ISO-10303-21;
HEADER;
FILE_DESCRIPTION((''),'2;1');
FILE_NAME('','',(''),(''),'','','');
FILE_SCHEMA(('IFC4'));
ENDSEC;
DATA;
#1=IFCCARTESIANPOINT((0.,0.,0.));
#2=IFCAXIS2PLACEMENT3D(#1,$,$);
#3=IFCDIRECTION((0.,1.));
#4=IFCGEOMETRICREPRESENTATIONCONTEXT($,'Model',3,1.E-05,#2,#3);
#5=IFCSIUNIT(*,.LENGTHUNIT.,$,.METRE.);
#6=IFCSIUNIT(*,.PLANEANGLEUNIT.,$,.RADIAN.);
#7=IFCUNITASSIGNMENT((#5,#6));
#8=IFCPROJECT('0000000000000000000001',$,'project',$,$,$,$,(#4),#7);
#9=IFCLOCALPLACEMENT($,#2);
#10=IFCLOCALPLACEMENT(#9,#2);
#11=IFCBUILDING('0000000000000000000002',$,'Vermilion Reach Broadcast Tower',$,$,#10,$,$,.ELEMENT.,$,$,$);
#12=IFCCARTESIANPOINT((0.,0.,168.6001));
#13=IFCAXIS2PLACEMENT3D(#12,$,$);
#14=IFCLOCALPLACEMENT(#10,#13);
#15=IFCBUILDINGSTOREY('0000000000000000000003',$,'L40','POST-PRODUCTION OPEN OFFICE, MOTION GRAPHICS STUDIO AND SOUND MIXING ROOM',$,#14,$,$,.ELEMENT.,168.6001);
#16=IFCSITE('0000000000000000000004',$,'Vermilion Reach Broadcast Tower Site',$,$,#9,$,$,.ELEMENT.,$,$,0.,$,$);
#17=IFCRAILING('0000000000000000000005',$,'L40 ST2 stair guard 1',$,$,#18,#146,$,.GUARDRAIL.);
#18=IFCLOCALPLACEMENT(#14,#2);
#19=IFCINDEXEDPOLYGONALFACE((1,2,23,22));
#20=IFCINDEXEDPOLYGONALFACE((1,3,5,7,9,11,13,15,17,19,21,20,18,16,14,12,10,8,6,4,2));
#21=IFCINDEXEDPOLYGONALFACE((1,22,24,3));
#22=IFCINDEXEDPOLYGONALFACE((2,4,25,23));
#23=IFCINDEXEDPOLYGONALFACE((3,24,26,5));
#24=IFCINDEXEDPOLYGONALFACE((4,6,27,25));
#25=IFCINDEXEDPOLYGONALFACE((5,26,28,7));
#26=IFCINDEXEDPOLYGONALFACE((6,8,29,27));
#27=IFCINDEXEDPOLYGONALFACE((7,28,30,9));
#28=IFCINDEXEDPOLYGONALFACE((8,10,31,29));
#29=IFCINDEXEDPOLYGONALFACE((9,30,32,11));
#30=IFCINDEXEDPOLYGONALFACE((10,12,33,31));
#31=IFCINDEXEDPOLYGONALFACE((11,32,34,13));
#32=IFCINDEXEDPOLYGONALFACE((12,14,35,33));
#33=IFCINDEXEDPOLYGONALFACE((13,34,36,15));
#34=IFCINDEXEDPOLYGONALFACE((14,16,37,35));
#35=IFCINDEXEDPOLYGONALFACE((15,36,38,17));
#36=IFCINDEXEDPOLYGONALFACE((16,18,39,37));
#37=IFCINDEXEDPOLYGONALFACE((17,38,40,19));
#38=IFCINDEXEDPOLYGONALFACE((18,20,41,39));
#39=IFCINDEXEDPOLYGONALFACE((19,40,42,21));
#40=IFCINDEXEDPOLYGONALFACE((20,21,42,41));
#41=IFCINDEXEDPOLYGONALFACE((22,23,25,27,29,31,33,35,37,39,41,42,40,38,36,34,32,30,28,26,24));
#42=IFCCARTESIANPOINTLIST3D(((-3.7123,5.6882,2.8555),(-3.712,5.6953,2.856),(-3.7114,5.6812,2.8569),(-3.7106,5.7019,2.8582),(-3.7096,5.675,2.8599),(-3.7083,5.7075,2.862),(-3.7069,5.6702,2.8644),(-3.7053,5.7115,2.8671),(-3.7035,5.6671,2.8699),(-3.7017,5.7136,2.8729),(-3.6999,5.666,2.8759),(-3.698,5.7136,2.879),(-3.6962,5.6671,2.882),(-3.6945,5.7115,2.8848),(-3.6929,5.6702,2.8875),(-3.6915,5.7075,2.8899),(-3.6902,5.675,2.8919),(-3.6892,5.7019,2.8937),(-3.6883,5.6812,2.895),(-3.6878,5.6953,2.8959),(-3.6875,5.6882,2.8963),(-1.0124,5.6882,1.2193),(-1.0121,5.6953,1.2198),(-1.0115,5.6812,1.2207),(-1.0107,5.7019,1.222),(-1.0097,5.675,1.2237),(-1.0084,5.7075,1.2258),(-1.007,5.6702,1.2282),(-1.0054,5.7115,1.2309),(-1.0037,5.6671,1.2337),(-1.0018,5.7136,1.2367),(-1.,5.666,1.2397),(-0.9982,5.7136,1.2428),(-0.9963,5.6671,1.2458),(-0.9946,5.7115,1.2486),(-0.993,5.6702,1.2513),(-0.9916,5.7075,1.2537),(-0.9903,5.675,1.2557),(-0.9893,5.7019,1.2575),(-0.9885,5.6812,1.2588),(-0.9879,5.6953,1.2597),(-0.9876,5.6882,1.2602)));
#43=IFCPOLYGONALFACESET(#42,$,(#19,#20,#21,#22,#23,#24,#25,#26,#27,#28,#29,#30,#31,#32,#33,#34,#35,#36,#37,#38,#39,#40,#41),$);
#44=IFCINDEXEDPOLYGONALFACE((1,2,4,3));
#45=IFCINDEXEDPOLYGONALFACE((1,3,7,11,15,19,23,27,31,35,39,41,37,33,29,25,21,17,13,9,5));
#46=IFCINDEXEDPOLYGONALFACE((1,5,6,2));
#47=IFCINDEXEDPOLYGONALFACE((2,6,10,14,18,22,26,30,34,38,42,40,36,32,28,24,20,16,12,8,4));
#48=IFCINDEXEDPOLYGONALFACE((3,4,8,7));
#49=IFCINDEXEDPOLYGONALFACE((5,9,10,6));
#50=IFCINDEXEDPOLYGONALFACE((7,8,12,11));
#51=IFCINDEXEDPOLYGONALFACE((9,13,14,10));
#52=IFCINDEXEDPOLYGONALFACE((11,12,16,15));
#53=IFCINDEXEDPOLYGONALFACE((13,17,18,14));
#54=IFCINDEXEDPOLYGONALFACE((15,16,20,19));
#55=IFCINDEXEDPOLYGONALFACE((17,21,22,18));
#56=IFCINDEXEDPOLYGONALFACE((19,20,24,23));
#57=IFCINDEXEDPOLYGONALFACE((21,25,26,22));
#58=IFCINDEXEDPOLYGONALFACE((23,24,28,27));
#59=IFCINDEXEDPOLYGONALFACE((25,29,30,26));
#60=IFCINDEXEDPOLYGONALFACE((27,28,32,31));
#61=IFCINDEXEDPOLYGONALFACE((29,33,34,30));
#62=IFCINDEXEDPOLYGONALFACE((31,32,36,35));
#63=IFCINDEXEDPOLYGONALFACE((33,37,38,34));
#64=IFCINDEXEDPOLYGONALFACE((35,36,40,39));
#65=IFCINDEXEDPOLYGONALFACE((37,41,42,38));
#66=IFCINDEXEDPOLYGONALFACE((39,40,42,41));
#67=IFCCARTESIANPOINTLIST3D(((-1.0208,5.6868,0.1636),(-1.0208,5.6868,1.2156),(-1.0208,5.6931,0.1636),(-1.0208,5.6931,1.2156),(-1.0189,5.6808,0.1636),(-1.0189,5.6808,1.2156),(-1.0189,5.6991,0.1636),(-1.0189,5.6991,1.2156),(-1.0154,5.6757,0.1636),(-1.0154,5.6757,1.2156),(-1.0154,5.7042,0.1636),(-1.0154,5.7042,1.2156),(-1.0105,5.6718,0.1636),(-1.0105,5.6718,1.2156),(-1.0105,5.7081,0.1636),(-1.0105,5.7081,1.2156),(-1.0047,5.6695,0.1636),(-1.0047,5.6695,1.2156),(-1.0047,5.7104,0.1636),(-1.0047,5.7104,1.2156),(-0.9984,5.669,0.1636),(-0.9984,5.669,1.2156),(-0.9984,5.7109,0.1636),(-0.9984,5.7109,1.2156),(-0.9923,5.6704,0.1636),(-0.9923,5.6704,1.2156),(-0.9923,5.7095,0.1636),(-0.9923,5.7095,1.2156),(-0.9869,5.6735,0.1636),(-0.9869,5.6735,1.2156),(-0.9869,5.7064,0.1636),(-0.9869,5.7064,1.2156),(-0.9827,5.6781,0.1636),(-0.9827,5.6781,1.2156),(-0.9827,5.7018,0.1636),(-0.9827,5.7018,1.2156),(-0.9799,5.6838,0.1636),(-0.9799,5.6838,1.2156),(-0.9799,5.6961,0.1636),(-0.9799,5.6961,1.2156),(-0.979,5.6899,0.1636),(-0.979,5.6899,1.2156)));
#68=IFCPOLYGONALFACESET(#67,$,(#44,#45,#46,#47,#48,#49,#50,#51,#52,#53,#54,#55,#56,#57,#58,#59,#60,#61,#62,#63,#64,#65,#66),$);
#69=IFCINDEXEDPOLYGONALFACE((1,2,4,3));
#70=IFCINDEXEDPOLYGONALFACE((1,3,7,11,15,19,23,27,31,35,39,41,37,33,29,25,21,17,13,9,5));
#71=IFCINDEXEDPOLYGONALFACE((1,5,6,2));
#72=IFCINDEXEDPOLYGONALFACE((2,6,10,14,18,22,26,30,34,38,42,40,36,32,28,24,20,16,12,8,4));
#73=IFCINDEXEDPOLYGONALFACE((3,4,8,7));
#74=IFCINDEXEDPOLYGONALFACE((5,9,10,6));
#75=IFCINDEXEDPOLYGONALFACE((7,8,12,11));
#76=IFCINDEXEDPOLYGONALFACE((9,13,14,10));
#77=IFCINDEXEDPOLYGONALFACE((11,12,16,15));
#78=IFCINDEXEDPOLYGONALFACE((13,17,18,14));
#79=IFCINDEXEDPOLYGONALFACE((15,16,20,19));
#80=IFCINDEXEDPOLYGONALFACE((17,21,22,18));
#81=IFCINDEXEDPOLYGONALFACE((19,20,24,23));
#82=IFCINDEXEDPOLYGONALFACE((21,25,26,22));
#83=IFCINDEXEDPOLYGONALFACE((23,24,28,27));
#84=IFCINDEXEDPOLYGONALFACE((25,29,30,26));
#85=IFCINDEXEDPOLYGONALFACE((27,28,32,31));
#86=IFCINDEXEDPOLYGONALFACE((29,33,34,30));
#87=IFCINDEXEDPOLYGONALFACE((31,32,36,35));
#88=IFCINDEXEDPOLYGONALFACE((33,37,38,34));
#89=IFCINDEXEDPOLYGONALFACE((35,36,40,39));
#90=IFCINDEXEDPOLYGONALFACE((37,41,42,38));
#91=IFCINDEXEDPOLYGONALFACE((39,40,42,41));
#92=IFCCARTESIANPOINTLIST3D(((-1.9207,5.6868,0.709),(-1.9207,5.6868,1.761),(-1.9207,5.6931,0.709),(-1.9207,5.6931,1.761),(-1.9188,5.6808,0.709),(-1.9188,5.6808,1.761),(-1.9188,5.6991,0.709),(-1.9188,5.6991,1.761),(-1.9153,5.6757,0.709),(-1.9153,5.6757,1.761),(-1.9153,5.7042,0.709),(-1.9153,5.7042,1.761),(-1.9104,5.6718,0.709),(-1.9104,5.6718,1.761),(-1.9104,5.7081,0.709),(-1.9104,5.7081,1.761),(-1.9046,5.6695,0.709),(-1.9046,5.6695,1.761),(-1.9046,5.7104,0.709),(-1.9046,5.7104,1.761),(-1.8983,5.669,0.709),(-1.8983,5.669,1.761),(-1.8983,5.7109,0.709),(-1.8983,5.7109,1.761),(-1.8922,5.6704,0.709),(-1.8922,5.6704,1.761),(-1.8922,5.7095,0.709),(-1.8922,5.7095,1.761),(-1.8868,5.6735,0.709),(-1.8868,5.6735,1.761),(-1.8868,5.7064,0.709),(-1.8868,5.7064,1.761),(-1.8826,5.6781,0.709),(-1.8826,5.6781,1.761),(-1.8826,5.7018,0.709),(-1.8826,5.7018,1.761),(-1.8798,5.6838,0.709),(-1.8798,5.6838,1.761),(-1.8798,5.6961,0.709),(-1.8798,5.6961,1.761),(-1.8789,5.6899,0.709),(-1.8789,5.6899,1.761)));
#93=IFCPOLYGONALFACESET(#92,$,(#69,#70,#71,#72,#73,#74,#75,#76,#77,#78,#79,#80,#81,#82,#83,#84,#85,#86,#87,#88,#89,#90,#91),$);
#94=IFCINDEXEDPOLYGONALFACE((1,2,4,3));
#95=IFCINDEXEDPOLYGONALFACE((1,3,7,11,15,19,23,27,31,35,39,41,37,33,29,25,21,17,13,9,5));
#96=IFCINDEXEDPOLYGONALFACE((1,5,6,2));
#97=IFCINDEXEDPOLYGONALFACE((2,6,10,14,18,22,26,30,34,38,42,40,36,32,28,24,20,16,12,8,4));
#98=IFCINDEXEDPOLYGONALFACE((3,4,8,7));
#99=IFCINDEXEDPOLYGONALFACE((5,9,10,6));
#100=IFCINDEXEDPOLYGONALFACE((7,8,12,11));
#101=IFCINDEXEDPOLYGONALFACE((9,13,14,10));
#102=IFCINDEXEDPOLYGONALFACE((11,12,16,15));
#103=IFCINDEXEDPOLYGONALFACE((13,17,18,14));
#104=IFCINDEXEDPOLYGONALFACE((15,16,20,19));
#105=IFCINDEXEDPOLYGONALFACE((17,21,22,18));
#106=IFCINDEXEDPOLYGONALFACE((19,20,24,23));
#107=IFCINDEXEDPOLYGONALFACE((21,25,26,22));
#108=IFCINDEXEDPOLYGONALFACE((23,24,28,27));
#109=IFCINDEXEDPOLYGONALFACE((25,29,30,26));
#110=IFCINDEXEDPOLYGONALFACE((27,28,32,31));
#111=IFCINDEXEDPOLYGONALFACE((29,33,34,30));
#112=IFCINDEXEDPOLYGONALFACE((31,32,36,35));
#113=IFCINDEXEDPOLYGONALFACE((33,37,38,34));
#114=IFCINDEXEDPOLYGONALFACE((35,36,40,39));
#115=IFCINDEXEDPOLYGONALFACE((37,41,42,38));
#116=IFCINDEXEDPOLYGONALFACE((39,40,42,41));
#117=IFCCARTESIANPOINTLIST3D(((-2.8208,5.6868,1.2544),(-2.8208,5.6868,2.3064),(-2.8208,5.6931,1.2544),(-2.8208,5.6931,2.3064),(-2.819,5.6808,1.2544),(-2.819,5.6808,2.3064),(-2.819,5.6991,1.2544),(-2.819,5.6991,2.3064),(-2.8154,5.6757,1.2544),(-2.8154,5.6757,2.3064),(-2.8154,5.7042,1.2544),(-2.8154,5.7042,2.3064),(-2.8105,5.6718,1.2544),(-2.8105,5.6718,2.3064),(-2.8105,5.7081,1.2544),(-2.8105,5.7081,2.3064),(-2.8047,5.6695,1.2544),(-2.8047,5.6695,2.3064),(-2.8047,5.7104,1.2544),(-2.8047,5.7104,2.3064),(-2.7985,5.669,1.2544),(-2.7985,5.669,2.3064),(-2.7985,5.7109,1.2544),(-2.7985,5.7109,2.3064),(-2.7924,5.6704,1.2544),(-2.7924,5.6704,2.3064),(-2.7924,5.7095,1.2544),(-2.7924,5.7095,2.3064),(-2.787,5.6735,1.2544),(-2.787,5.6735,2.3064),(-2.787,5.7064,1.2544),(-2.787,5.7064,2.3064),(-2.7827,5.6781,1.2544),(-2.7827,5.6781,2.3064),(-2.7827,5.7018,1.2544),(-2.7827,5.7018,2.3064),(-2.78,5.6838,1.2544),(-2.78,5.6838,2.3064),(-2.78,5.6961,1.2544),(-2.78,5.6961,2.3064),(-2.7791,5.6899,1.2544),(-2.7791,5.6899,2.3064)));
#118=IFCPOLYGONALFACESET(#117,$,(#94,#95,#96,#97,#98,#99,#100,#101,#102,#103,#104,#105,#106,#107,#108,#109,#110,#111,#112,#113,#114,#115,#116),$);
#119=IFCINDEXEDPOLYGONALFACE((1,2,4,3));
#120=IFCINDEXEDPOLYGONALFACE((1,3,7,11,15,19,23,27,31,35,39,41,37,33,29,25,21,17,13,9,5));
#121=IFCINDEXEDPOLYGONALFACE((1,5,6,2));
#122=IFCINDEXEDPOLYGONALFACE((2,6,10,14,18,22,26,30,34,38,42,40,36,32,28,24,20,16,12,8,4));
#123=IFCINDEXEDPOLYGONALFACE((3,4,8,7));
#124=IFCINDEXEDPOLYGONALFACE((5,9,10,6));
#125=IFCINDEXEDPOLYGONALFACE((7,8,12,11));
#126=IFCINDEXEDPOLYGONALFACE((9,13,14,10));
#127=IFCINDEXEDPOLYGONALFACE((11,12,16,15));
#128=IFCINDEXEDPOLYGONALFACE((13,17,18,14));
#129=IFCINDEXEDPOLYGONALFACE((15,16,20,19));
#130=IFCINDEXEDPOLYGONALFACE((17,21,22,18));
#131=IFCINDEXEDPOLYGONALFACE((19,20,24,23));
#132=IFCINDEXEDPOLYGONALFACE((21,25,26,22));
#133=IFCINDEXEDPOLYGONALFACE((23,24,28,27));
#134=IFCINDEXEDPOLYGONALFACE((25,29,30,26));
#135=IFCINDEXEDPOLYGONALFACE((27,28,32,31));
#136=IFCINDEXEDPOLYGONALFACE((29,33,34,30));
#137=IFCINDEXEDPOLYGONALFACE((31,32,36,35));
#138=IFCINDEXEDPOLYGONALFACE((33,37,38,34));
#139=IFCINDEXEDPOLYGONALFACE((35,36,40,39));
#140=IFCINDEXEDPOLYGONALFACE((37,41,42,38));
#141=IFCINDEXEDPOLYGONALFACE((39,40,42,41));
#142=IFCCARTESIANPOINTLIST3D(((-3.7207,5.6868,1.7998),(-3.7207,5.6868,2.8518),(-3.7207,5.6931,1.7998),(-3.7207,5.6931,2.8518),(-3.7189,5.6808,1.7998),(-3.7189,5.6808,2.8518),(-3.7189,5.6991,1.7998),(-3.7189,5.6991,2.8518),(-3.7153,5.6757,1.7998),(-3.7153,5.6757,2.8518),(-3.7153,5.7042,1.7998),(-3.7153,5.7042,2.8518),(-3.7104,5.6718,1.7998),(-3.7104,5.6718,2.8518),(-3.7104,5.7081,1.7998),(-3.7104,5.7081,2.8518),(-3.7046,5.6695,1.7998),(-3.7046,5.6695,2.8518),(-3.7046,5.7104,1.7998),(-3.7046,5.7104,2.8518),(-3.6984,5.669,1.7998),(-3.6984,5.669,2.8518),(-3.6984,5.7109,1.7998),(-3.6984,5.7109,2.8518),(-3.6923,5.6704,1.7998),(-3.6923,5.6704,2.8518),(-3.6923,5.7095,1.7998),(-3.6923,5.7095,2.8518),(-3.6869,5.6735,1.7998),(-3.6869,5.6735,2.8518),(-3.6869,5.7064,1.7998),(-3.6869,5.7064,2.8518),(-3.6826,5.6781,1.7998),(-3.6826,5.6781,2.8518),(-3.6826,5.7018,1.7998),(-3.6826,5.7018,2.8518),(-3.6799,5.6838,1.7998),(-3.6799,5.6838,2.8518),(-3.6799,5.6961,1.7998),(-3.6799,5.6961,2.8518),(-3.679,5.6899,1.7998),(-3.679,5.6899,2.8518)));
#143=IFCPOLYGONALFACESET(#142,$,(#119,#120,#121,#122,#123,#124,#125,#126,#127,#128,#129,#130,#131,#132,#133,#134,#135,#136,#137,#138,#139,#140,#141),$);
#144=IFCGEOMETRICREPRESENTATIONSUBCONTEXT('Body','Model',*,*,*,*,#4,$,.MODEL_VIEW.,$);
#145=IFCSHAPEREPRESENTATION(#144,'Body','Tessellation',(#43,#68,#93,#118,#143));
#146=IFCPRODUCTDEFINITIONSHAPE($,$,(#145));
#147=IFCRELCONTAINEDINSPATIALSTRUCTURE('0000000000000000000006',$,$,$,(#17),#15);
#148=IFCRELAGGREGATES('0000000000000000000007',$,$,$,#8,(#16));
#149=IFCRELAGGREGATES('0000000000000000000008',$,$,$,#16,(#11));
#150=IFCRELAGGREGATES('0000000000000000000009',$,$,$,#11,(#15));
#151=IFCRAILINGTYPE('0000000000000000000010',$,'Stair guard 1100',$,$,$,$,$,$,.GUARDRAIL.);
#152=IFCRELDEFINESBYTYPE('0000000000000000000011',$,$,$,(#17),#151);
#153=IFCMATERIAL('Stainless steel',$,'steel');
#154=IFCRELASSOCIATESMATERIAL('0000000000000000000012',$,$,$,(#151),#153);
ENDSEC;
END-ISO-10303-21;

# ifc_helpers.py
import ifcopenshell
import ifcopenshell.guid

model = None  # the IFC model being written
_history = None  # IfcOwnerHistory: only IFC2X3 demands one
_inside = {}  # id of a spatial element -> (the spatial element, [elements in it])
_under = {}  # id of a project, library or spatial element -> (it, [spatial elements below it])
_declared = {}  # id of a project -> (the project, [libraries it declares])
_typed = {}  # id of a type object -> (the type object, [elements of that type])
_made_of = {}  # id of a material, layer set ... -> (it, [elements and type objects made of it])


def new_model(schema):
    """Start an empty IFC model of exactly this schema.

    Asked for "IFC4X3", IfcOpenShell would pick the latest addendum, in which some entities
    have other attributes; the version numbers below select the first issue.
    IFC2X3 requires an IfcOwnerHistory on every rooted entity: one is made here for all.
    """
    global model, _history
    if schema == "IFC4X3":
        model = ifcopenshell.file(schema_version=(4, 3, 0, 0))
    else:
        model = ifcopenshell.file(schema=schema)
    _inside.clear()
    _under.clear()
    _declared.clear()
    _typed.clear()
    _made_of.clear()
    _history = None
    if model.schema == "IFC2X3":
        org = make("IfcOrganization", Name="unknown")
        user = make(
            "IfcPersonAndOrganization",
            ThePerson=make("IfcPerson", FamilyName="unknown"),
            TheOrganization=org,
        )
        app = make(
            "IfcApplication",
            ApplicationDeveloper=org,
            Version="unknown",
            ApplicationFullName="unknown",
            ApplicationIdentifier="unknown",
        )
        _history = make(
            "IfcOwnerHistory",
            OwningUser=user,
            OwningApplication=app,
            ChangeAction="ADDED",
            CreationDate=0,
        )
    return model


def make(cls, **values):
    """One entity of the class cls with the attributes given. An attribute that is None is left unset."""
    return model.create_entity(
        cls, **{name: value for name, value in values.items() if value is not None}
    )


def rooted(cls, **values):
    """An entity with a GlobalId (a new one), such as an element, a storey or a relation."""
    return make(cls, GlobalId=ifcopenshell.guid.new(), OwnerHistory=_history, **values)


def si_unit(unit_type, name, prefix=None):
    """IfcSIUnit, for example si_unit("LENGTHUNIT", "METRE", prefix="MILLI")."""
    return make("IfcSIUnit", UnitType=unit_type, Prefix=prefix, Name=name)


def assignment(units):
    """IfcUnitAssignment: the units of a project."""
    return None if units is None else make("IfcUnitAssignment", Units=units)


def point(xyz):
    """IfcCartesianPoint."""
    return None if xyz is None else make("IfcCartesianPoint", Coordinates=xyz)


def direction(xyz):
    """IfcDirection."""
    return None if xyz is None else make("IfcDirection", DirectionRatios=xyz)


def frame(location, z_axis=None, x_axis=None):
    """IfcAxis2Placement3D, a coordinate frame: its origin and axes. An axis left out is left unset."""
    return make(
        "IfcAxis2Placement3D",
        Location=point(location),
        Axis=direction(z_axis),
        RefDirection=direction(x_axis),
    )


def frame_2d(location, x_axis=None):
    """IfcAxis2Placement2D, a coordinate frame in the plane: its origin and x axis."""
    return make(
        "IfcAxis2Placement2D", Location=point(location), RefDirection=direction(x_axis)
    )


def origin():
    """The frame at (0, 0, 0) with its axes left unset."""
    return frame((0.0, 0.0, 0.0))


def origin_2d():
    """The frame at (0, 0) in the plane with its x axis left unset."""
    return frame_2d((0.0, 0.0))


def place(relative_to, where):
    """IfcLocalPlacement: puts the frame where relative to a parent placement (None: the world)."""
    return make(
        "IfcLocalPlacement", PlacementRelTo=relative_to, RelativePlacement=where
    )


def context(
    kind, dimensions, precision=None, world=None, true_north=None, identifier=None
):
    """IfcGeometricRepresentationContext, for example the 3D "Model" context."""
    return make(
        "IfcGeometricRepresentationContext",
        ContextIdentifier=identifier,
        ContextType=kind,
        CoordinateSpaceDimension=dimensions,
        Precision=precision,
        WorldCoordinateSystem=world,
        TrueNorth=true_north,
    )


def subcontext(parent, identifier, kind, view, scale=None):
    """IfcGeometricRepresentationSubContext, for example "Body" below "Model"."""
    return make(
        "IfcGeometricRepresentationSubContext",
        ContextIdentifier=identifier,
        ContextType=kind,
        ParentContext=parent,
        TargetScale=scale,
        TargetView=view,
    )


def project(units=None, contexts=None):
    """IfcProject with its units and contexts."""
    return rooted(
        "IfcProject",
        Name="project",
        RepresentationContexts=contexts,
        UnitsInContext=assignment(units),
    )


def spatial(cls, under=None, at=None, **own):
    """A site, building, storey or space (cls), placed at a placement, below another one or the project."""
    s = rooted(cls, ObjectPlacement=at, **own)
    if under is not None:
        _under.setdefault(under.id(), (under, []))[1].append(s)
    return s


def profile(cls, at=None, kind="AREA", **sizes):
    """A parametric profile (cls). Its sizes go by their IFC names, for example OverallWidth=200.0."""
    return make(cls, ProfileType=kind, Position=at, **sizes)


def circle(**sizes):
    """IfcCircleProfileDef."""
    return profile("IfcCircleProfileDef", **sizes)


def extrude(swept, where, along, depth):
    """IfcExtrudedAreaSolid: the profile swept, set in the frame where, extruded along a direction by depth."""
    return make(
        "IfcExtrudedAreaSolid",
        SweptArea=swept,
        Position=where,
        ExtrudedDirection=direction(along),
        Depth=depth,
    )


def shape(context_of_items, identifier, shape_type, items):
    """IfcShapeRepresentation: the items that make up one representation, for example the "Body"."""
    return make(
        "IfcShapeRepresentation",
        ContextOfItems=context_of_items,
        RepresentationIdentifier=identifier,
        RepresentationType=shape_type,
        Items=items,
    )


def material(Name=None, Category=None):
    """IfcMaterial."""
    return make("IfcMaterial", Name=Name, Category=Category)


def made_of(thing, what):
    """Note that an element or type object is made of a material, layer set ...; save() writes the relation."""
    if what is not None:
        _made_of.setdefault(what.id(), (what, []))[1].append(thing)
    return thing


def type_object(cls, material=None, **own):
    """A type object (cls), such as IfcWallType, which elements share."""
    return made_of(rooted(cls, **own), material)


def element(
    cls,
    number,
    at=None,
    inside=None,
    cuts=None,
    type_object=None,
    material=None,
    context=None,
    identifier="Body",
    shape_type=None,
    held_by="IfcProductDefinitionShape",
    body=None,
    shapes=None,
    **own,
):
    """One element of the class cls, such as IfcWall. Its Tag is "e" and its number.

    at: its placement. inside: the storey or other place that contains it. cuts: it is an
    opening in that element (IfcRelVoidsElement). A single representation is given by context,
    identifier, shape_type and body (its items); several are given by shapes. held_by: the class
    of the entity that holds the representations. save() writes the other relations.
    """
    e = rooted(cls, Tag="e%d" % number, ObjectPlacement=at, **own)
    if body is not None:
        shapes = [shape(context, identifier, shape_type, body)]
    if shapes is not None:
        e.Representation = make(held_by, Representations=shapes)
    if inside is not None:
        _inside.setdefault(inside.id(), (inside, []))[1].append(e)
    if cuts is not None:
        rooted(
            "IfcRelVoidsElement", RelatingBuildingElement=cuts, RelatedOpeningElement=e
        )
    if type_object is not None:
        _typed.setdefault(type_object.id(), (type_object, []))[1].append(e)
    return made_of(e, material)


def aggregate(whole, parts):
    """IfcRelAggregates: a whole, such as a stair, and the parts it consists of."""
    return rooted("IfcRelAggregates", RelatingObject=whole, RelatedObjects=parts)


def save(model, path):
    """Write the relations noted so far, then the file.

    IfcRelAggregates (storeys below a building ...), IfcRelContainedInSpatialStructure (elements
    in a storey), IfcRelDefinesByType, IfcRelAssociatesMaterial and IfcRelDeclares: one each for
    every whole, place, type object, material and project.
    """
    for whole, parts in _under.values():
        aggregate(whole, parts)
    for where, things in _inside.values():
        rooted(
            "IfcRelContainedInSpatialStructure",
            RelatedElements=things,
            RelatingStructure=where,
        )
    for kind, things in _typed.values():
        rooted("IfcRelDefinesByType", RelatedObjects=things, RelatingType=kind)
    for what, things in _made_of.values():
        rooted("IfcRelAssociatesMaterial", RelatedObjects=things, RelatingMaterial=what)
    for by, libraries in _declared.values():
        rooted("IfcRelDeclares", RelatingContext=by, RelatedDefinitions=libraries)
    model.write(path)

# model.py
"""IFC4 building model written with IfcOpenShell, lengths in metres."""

from ifc_helpers import new_model, si_unit, direction, frame, origin, origin_2d, place, context, subcontext, project, spatial, circle, extrude, material, type_object, element, save


model = new_model("IFC4")

# Units and contexts
model_context = context("Model", 3, precision=1e-05, world=origin(), true_north=direction((0.0, 1.0)))
body_context = subcontext(model_context, "Body", "Model", "MODEL_VIEW")
ifc_project = project(units=[si_unit("LENGTHUNIT", "METRE"), si_unit("PLANEANGLEUNIT", "RADIAN")], contexts=[model_context])

# Site, building, storey
site_placement = place(None, origin())
site = spatial("IfcSite", under=ifc_project, at=site_placement, Name="Vermilion Reach Broadcast Tower Site", CompositionType="ELEMENT", RefElevation=0.0)
building_placement = place(site_placement, origin())
building = spatial("IfcBuilding", under=site, at=building_placement, Name="Vermilion Reach Broadcast Tower", CompositionType="ELEMENT")
storey_placement = place(building_placement, frame((0.0, 0.0, 168.6001)))
storey = spatial("IfcBuildingStorey", under=building, at=storey_placement, Name="L40", Description="POST-PRODUCTION OPEN OFFICE, MOTION GRAPHICS STUDIO AND SOUND MIXING ROOM", CompositionType="ELEMENT", Elevation=168.6001)

# Railing
ifc_material_1 = material(Name="Stainless steel", Category="steel")
railing_type_1 = type_object("IfcRailingType", Name="Stair guard 1100", PredefinedType="GUARDRAIL", material=ifc_material_1)
railing_1_placement = place(storey_placement, frame((-1.0, 5.6899, 0.1636)))
element("IfcRailing", 1, at=railing_1_placement, inside=storey, type_object=railing_type_1, Name="L40 ST2 stair guard 1", PredefinedType="GUARDRAIL", context=body_context, shape_type="SweptSolid", body=[
    extrude(circle(Radius=0.0239, at=origin_2d()), frame((0.0, 0.0, 1.0762), z_axis=(-0.855212, 0.0, 0.518278), x_axis=(0.0, -1.0, 0.0)), (0.0, 0.0, 1.0), 3.157),
    extrude(circle(Radius=0.021, at=origin_2d()), origin(), (0.0, 0.0, 1.0), 1.052),
    extrude(circle(Radius=0.021, at=origin_2d()), frame((-0.8999, 0.0, 0.5454)), (0.0, 0.0, 1.0), 1.052),
    extrude(circle(Radius=0.021, at=origin_2d()), frame((-1.8, 0.0, 1.0908)), (0.0, 0.0, 1.0), 1.052),
    extrude(circle(Radius=0.021, at=origin_2d()), frame((-2.7, 0.0, 1.6362)), (0.0, 0.0, 1.0), 1.052),
])

save(model, "model.ifc")
